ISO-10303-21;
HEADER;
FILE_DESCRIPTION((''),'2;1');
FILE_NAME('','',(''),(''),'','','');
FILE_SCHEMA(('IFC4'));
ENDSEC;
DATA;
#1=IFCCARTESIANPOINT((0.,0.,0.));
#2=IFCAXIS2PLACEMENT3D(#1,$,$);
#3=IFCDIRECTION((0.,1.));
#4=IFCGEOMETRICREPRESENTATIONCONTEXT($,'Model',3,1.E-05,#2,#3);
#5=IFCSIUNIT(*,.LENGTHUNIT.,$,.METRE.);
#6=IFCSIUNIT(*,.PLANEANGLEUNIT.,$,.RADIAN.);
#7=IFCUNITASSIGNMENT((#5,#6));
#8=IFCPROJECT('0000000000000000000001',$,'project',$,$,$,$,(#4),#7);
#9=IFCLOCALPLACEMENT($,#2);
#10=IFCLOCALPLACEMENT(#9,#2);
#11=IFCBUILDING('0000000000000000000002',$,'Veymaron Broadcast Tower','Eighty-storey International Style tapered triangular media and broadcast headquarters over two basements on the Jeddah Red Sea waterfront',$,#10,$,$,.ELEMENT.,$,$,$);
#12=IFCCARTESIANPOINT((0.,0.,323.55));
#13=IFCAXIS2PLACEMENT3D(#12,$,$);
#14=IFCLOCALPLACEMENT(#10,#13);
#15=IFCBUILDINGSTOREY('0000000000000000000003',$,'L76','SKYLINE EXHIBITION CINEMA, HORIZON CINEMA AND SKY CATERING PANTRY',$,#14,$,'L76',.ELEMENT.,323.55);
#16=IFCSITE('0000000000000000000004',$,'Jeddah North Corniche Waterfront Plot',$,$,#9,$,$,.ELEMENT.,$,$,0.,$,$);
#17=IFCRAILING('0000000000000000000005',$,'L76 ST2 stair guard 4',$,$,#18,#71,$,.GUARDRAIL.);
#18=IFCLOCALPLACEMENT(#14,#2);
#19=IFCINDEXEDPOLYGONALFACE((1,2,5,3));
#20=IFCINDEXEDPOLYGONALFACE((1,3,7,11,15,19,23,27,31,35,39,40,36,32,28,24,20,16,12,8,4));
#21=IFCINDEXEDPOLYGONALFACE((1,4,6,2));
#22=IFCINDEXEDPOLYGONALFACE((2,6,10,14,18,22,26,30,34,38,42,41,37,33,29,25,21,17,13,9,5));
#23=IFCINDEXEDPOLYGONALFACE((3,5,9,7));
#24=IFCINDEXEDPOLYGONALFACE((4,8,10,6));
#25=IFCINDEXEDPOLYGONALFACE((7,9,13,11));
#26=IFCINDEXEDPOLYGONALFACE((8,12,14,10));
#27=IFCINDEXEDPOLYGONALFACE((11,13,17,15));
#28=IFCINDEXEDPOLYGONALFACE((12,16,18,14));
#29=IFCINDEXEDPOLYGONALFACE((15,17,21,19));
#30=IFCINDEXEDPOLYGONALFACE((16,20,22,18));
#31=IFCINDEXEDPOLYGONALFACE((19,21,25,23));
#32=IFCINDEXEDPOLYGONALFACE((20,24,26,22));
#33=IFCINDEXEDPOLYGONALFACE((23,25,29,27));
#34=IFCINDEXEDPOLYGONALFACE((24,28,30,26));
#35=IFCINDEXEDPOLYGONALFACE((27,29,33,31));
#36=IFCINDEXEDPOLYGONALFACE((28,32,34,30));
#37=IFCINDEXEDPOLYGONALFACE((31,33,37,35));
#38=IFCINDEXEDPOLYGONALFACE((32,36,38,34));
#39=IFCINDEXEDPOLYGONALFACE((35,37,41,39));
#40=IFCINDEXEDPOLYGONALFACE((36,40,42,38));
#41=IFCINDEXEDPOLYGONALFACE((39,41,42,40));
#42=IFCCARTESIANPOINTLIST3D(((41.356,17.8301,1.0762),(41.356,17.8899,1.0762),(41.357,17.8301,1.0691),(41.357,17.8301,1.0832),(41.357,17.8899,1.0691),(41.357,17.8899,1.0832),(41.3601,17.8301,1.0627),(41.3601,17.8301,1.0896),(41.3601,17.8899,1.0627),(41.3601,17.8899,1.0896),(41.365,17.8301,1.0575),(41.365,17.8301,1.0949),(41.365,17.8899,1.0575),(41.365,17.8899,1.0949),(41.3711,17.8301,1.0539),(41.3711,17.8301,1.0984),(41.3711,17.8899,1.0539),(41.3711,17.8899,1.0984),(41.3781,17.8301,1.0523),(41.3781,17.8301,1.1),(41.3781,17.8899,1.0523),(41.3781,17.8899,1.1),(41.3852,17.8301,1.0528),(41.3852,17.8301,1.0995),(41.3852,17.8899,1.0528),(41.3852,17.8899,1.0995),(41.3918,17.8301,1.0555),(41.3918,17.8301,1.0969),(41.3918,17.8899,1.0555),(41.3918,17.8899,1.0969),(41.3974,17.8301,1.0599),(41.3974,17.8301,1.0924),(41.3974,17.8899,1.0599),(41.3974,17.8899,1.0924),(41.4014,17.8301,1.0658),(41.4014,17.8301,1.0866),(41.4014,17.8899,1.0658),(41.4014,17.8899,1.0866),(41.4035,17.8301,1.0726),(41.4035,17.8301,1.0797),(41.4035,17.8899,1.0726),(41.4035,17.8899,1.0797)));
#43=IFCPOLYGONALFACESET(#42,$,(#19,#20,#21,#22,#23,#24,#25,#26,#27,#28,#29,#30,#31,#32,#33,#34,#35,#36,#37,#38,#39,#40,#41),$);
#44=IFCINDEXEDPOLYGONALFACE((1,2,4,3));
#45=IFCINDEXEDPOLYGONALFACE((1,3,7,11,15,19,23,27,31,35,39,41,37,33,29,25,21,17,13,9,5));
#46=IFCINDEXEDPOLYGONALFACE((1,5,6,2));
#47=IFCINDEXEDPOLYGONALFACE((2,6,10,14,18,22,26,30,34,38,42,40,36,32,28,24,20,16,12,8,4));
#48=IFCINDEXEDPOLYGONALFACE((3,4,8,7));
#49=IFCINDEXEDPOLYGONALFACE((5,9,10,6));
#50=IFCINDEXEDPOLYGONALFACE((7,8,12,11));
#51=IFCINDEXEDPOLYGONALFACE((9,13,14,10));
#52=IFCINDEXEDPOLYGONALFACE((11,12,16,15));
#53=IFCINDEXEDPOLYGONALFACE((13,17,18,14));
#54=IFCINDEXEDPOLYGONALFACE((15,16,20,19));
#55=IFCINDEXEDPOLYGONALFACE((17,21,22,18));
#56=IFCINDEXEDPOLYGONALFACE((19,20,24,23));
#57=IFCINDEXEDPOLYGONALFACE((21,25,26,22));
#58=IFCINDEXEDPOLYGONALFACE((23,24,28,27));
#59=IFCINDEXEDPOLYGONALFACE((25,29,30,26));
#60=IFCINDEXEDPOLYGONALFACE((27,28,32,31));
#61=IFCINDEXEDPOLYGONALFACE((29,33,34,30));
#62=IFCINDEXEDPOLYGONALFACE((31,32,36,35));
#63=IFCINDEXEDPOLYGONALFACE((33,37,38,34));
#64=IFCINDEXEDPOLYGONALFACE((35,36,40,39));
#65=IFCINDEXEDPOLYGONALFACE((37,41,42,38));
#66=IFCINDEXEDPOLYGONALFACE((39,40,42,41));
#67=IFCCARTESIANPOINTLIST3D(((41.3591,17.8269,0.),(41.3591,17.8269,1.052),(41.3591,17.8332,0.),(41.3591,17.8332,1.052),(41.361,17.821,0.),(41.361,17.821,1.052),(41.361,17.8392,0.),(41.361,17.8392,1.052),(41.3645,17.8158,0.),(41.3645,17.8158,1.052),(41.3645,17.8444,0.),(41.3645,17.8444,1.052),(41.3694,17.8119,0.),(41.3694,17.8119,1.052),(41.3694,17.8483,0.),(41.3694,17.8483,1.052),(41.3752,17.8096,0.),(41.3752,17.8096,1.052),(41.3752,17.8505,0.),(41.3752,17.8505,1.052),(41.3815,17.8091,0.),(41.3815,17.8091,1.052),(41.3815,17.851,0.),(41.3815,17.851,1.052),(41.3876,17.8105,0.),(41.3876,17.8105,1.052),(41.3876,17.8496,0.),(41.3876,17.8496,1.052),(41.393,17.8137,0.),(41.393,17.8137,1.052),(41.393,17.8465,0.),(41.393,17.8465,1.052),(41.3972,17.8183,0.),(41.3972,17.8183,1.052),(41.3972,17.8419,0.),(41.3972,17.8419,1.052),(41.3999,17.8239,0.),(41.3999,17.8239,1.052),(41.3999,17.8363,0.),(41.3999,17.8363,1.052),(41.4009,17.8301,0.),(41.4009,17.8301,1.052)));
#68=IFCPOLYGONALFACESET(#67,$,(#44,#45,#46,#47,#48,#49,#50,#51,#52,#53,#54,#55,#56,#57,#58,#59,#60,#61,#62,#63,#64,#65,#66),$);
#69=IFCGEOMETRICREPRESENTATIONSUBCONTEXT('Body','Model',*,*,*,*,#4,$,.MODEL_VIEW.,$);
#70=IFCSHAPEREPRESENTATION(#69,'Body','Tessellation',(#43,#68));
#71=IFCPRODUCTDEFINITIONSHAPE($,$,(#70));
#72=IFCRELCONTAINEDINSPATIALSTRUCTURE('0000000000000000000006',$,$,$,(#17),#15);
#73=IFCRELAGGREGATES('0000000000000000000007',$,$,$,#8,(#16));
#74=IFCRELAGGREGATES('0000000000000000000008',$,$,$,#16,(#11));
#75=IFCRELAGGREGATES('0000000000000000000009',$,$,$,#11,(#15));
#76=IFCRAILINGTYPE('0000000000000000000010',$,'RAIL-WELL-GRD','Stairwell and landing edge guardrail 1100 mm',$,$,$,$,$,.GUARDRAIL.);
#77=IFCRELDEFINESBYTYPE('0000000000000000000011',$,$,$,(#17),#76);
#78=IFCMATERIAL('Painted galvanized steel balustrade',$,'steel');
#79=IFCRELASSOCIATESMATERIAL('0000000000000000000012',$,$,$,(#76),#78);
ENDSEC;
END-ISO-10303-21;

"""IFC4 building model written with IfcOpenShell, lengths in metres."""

from ifc_helpers import new_model, si_unit, direction, frame, origin, origin_2d, place, context, subcontext, project, spatial, circle, extrude, material, type_object, element, save


model = new_model("IFC4")

# Units and contexts
model_context = context("Model", 3, precision=1e-05, world=origin(), true_north=direction((0.0, 1.0)))
body_context = subcontext(model_context, "Body", "Model", "MODEL_VIEW")
ifc_project = project(units=[si_unit("LENGTHUNIT", "METRE"), si_unit("PLANEANGLEUNIT", "RADIAN")], contexts=[model_context])

# Site, building, storey
site_placement = place(None, origin())
site = spatial("IfcSite", under=ifc_project, at=site_placement, Name="Jeddah North Corniche Waterfront Plot", CompositionType="ELEMENT", RefElevation=0.0)
building_placement = place(site_placement, origin())
building = spatial("IfcBuilding", under=site, at=building_placement, Name="Veymaron Broadcast Tower", Description="Eighty-storey International Style tapered triangular media and broadcast headquarters over two basements on the Jeddah Red Sea waterfront", CompositionType="ELEMENT")
storey_placement = place(building_placement, frame((0.0, 0.0, 323.55)))
storey = spatial("IfcBuildingStorey", under=building, at=storey_placement, Name="L76", Description="SKYLINE EXHIBITION CINEMA, HORIZON CINEMA AND SKY CATERING PANTRY", LongName="L76", CompositionType="ELEMENT", Elevation=323.55)

# Railing
ifc_material_1 = material(Name="Painted galvanized steel balustrade", Category="steel")
railing_type_1 = type_object("IfcRailingType", Name="RAIL-WELL-GRD", Description="Stairwell and landing edge guardrail 1100 mm", PredefinedType="GUARDRAIL", material=ifc_material_1)
railing_1_placement = place(storey_placement, frame((41.3799, 17.8301, 0.0)))
element("IfcRailing", 1, at=railing_1_placement, inside=storey, type_object=railing_type_1, Name="L76 ST2 stair guard 4", PredefinedType="GUARDRAIL", context=body_context, shape_type="SweptSolid", body=[
    extrude(circle(Radius=0.0239, at=origin_2d()), frame((0.0, 0.0, 1.0762), z_axis=(0.0, 1.0, 0.0), x_axis=(-1.0, 0.0, 0.0)), (0.0, 0.0, 1.0), 0.0598),
    extrude(circle(Radius=0.021, at=origin_2d()), origin(), (0.0, 0.0, 1.0), 1.052),
])

save(model, "model.ifc")
